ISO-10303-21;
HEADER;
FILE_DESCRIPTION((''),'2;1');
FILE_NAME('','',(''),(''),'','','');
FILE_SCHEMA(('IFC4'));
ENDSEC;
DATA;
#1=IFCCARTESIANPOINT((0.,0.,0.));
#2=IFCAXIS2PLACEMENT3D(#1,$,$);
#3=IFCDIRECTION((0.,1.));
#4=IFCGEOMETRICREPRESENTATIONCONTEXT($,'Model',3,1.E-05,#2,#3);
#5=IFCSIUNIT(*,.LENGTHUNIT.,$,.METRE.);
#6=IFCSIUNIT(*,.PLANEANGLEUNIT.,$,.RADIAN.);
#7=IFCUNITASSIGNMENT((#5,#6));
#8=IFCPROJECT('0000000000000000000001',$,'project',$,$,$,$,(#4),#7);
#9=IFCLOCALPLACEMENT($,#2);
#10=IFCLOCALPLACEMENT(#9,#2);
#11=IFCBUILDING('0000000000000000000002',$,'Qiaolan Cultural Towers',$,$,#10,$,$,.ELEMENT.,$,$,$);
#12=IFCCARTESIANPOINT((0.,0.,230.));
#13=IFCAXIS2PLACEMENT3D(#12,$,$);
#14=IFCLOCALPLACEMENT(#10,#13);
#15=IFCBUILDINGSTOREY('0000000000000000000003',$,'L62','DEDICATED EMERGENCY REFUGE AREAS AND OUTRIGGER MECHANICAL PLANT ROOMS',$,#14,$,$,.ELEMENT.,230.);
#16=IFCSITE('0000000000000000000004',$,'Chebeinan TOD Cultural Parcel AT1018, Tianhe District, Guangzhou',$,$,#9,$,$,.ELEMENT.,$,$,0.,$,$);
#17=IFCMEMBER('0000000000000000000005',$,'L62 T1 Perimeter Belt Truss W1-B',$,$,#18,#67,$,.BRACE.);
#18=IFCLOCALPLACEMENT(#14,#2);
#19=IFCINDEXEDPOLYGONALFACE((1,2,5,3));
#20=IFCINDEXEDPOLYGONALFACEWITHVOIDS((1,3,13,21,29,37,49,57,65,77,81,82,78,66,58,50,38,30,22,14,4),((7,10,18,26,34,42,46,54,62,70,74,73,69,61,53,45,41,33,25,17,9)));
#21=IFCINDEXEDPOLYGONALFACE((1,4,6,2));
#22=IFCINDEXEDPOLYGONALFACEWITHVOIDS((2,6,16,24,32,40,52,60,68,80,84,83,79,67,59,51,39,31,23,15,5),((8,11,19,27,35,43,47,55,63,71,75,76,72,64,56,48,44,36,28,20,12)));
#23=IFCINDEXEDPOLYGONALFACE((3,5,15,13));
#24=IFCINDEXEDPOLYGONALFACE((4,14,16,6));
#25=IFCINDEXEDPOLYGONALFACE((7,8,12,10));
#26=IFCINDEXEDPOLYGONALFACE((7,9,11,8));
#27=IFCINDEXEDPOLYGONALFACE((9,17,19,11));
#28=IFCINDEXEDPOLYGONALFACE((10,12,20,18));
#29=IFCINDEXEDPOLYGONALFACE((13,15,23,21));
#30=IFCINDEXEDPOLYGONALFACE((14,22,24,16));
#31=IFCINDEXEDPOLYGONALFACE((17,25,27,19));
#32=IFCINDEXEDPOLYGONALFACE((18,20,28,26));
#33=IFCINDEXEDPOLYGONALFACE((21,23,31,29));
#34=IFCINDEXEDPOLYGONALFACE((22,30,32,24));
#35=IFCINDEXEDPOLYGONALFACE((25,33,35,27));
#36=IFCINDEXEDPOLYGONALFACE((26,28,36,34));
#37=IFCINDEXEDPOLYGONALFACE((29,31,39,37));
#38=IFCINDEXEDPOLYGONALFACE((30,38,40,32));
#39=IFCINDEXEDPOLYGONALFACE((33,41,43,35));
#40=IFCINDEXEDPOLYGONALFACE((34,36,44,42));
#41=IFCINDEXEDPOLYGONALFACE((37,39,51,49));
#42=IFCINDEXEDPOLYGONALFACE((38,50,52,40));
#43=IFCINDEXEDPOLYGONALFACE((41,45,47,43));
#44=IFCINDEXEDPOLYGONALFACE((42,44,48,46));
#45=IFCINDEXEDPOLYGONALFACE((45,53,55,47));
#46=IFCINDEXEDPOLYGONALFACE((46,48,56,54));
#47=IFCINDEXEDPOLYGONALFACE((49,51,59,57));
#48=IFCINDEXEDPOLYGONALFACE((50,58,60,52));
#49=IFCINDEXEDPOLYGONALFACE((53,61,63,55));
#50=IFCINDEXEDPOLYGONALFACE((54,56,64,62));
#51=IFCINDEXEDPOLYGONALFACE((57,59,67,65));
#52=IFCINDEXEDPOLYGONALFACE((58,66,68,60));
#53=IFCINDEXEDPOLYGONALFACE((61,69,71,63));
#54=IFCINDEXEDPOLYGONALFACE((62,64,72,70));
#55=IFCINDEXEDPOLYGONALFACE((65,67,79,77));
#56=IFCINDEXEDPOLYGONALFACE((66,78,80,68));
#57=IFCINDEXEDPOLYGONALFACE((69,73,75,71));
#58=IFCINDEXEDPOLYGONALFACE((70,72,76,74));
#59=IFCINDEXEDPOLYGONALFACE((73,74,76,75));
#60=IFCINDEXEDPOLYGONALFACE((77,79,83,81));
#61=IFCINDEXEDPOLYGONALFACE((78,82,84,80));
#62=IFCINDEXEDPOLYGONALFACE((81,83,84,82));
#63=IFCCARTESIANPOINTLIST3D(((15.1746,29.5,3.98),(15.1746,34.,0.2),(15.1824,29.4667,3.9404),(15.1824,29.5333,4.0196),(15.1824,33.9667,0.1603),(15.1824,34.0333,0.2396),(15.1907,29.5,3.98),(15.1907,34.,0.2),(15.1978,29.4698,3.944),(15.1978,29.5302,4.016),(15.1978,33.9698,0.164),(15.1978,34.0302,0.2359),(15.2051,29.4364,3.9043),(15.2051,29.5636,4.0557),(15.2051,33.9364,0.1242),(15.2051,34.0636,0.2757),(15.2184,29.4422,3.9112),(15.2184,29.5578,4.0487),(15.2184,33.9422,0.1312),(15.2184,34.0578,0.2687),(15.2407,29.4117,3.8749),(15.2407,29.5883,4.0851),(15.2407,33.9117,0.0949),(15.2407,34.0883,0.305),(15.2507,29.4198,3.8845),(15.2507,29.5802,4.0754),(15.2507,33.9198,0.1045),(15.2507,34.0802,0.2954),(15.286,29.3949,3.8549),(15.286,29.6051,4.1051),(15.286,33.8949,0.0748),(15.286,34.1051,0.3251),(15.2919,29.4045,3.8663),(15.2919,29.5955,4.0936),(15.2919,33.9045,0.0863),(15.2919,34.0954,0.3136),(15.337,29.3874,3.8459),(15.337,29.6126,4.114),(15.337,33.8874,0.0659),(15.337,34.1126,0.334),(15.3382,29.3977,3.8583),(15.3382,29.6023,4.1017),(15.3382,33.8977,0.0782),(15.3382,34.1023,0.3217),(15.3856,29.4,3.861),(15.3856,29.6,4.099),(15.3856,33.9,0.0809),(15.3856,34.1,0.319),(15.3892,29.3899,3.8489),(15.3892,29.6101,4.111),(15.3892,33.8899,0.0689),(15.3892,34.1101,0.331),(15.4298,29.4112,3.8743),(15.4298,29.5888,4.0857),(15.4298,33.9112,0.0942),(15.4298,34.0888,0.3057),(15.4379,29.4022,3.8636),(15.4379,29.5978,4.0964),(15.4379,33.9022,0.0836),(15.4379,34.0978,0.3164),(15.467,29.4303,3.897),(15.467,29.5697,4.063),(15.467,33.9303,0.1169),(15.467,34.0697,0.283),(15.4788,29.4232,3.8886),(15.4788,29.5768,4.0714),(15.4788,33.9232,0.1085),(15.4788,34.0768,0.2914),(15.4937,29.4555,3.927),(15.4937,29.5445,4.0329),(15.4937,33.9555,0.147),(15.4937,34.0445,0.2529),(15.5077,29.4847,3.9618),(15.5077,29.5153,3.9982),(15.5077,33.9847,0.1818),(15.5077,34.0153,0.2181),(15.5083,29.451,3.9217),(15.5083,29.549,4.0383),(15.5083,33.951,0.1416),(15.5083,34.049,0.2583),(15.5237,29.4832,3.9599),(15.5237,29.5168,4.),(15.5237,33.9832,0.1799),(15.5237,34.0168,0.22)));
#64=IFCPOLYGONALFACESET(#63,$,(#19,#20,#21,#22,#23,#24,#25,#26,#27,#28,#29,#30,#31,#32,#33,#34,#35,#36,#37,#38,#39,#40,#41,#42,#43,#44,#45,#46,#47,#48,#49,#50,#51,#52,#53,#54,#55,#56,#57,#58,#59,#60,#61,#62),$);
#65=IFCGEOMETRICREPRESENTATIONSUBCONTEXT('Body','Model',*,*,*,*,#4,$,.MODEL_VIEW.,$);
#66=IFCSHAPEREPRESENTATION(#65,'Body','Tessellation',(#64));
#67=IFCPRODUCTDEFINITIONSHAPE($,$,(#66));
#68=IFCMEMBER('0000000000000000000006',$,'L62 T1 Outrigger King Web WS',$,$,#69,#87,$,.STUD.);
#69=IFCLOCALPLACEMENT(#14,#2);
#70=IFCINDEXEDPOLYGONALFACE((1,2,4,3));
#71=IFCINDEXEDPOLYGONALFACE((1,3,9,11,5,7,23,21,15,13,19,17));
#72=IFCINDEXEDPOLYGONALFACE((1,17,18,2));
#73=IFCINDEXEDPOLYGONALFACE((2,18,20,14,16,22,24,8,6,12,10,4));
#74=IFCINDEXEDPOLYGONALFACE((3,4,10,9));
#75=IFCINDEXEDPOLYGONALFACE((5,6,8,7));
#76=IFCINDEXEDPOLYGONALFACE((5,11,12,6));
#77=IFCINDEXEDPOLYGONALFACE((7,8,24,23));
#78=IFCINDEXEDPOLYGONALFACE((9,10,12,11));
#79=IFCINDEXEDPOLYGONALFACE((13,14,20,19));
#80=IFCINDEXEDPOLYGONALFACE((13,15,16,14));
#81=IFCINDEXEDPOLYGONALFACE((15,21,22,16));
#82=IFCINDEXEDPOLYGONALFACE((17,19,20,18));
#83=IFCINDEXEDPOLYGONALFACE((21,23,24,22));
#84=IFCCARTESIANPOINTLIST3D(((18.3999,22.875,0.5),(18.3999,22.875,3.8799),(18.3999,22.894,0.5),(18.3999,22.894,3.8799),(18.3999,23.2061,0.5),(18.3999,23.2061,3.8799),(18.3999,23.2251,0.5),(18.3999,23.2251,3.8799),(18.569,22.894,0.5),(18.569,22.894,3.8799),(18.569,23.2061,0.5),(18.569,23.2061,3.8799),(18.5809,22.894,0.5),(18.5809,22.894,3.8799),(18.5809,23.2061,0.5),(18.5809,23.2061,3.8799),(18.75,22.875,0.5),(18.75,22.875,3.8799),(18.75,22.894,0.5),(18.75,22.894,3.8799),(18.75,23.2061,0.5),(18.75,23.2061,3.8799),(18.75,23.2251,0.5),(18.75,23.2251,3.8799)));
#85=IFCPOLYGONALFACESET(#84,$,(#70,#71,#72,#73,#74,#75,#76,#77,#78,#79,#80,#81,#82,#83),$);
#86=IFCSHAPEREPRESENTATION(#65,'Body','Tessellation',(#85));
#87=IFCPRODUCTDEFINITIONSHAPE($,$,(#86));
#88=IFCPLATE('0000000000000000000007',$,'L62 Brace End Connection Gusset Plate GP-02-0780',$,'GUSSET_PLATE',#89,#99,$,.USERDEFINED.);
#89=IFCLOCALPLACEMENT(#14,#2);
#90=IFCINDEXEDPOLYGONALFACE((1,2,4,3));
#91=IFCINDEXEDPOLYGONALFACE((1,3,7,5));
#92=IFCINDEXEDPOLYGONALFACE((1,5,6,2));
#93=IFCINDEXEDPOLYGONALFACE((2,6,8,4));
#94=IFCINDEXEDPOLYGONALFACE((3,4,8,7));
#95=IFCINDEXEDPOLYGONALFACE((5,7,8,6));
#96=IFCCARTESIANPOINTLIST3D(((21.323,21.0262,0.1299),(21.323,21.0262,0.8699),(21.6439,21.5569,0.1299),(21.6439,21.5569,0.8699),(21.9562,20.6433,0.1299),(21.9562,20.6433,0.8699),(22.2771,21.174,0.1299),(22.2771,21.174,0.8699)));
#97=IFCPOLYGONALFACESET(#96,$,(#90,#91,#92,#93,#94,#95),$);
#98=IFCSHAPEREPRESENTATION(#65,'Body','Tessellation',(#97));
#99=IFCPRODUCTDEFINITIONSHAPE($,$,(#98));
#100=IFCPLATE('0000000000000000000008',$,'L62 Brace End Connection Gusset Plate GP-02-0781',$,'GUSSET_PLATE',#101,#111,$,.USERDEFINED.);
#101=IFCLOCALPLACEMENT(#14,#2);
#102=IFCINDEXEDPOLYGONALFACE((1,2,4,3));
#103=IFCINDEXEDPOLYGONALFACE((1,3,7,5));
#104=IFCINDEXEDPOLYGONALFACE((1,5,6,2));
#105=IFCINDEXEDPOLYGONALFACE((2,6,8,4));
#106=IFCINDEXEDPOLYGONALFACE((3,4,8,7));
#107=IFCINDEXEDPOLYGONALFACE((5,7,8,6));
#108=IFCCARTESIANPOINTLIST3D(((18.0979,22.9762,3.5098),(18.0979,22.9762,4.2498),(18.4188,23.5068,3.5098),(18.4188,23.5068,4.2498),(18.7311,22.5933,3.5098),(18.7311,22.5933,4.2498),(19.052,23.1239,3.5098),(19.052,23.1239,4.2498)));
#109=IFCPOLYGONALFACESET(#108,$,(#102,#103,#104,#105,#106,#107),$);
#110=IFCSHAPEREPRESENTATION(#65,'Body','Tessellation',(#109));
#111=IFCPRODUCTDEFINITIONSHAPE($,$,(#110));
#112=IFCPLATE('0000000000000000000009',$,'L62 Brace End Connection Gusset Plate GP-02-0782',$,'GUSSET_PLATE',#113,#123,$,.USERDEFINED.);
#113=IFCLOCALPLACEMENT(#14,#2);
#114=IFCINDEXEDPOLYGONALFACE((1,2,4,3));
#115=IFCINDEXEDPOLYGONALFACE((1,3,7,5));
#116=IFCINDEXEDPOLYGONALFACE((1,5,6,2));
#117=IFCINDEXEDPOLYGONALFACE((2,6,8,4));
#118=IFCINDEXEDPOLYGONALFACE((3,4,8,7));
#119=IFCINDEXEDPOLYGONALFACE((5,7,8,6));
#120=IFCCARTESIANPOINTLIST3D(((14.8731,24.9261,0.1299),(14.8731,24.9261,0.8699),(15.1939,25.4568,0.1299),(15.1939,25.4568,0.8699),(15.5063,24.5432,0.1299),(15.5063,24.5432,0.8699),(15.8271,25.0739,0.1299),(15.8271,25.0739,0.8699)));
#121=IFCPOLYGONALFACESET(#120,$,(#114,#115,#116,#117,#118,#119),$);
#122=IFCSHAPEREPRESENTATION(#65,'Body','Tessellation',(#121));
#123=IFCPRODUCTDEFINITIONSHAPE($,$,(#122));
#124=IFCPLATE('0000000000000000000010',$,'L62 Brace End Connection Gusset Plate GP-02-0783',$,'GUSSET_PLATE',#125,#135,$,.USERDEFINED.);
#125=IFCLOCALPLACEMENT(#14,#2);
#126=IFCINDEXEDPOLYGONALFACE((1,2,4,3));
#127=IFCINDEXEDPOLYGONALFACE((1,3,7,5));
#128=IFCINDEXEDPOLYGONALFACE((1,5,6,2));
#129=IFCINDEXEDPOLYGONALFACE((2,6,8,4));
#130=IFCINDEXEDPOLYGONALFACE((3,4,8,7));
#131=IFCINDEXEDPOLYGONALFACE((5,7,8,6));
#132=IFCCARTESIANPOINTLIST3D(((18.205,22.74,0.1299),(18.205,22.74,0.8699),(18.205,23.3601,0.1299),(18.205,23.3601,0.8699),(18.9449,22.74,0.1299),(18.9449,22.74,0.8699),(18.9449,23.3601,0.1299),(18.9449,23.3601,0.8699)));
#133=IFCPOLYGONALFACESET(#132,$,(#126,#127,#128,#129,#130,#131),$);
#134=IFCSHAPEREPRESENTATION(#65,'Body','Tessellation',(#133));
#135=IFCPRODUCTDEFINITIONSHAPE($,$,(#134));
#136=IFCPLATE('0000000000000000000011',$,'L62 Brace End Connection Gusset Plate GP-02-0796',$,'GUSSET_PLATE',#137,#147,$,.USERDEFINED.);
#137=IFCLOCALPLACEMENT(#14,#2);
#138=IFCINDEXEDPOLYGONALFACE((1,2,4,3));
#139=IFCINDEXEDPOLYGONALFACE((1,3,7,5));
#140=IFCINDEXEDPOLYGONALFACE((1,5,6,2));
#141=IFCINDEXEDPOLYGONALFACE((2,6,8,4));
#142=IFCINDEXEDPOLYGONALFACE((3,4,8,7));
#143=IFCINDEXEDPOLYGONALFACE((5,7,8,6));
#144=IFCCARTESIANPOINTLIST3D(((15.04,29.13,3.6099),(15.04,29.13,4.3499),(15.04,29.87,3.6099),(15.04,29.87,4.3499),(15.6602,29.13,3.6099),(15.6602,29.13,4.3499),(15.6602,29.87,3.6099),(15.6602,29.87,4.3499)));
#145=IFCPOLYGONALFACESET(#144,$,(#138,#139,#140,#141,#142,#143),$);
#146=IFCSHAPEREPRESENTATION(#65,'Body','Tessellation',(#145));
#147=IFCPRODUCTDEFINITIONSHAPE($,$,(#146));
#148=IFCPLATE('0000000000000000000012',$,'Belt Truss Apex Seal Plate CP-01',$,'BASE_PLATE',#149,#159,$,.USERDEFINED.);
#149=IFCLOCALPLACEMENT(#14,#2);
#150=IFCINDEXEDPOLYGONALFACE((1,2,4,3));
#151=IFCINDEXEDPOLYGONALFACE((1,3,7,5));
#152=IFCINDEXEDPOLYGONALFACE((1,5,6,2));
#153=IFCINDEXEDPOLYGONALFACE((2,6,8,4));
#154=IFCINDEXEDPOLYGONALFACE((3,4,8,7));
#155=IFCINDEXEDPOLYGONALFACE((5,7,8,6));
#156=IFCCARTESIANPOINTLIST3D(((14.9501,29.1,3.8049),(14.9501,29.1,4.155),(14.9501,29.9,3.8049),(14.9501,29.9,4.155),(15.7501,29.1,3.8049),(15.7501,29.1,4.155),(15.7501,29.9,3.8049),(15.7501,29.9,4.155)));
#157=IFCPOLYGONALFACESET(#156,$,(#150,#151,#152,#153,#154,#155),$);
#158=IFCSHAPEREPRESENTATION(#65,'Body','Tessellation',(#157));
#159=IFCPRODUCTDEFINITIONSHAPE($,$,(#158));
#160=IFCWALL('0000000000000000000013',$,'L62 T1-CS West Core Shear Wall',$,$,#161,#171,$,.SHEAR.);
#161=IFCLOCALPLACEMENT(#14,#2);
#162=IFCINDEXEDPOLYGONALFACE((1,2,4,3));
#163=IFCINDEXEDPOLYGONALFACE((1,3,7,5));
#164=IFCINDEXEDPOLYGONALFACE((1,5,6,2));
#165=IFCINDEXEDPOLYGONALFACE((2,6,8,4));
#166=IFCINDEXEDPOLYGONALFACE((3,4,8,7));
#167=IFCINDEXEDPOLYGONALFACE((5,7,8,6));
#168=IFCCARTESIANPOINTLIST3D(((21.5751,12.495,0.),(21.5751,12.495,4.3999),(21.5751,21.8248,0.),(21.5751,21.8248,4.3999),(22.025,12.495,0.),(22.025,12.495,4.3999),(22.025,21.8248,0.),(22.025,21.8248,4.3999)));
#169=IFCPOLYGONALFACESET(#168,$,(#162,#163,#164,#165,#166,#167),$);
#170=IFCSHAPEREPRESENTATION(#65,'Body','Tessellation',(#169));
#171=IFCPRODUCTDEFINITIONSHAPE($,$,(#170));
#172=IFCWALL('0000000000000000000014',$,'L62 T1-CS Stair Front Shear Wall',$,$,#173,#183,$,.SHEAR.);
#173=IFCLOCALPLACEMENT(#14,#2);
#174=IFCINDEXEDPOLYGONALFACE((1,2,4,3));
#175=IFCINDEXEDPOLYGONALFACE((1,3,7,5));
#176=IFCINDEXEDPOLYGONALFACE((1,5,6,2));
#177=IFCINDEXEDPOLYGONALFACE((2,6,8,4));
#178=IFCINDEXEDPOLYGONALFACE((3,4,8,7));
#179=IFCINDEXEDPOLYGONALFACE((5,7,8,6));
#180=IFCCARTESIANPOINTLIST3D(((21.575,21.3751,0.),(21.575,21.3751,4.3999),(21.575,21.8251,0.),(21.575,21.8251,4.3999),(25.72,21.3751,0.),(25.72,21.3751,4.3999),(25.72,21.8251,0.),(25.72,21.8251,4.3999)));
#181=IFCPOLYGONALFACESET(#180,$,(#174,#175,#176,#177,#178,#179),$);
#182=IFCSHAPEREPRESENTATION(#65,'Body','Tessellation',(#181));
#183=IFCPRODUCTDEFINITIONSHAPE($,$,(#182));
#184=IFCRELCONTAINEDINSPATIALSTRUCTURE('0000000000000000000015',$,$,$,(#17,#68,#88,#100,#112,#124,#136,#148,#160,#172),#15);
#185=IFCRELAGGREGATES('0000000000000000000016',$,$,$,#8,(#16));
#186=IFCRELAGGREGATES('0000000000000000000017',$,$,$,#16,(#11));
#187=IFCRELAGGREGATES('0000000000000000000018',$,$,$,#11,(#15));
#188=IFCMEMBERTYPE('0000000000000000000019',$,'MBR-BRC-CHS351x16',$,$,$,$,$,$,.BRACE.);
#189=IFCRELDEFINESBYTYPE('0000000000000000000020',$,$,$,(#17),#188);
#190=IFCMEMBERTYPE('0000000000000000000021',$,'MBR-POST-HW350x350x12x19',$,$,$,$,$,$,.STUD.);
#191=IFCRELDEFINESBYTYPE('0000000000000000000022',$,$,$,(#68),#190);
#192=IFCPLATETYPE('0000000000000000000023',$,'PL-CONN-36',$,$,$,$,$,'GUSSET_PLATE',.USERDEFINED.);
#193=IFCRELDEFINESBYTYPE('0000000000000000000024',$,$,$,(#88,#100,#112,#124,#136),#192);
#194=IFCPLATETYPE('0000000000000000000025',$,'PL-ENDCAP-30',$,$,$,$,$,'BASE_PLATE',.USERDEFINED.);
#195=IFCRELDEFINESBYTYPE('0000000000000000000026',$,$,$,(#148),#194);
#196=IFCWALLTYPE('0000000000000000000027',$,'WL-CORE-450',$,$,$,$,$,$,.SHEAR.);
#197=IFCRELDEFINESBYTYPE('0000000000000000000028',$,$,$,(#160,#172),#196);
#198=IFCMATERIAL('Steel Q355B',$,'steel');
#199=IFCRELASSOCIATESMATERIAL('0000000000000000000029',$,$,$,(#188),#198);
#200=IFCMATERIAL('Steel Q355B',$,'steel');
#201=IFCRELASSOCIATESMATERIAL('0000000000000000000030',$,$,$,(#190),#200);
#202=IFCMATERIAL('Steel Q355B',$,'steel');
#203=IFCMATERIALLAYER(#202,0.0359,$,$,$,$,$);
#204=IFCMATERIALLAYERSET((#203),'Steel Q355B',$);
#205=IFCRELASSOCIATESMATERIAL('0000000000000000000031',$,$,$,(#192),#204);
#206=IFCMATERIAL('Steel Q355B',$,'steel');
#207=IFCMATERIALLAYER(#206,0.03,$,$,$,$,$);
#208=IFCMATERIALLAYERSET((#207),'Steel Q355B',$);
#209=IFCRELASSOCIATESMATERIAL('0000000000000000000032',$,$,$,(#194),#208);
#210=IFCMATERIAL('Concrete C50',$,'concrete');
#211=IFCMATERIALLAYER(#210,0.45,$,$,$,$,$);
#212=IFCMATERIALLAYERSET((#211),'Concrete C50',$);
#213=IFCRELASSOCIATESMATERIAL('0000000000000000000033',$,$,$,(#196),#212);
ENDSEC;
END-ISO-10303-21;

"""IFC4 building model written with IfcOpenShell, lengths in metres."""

from ifc_helpers import new_model, si_unit, direction, frame, frame_2d, origin, origin_2d, place, context, subcontext, project, spatial, rectangle, hollow_circle, i_section, extrude, material, layer, layer_set, material_profile, profile_set, type_object, element, save


model = new_model("IFC4")

# Units and contexts
model_context = context("Model", 3, precision=1e-05, world=origin(), true_north=direction((0.0, 1.0)))
body_context = subcontext(model_context, "Body", "Model", "MODEL_VIEW")
ifc_project = project(units=[si_unit("LENGTHUNIT", "METRE"), si_unit("PLANEANGLEUNIT", "RADIAN")], contexts=[model_context])

# Site, building, storey
site_placement = place(None, origin())
site = spatial("IfcSite", under=ifc_project, at=site_placement, Name="Chebeinan TOD Cultural Parcel AT1018, Tianhe District, Guangzhou", CompositionType="ELEMENT", RefElevation=0.0)
building_placement = place(site_placement, origin())
building = spatial("IfcBuilding", under=site, at=building_placement, Name="Qiaolan Cultural Towers", CompositionType="ELEMENT")
storey_placement = place(building_placement, frame((0.0, 0.0, 230.0)))
storey = spatial("IfcBuildingStorey", under=building, at=storey_placement, Name="L62", Description="DEDICATED EMERGENCY REFUGE AREAS AND OUTRIGGER MECHANICAL PLANT ROOMS", CompositionType="ELEMENT", Elevation=230.0)

# Members
ifc_material_1 = material(Name="Steel Q355B", Category="steel")
ifc_material_profile_1 = material_profile(ifc_material_1, hollow_circle(Radius=0.1755, WallThickness=0.0161, at=origin_2d()), Name="CHS351x16")
ifc_profile_set_1 = profile_set([ifc_material_profile_1], Name="Steel Q355B")
member_type_1 = type_object("IfcMemberType", Name="MBR-BRC-CHS351x16", PredefinedType="BRACE", material=ifc_profile_set_1)
for number, where, z_axis, x_axis, name in (
    (1, (15.3501, 29.5, 3.98), (0.0, 0.765702, -0.643195), (-1.0, 0.0, 0.0), "L62 T1 Perimeter Belt Truss W1-B"),
):
    element("IfcMember", number, at=place(storey_placement, frame(where, z_axis=z_axis, x_axis=x_axis)), inside=storey, type_object=member_type_1, Name=name, PredefinedType="BRACE", context=body_context, shape_type="SweptSolid", body=[
        extrude(hollow_circle(Radius=0.1755, WallThickness=0.0161, at=origin_2d()), origin(), (0.0, 0.0, 1.0), 5.877),
    ])
ifc_material_2 = material(Name="Steel Q355B", Category="steel")
ifc_material_profile_2 = material_profile(ifc_material_2, i_section(OverallWidth=0.3501, OverallDepth=0.3501, WebThickness=0.012, FlangeThickness=0.019, at=origin_2d()), Name="HW350x350x12x19")
ifc_profile_set_2 = profile_set([ifc_material_profile_2], Name="Steel Q355B")
member_type_2 = type_object("IfcMemberType", Name="MBR-POST-HW350x350x12x19", PredefinedType="STUD", material=ifc_profile_set_2)
member_placement = place(storey_placement, frame((18.575, 23.05, 0.5), z_axis=(0.0, 0.0, 1.0), x_axis=(1.0, 0.0, 0.0)))
element("IfcMember", 2, at=member_placement, inside=storey, type_object=member_type_2, Name="L62 T1 Outrigger King Web WS", PredefinedType="STUD", context=body_context, shape_type="SweptSolid", body=[
    extrude(i_section(OverallWidth=0.3501, OverallDepth=0.3501, WebThickness=0.012, FlangeThickness=0.019, at=origin_2d()), origin(), (0.0, 0.0, 1.0), 3.3799),
])

# Plates
ifc_material_3 = material(Name="Steel Q355B", Category="steel")
ifc_layer_1 = layer(ifc_material_3, 0.0359)
ifc_layer_set_1 = layer_set([ifc_layer_1], Name="Steel Q355B")
plate_type_1 = type_object("IfcPlateType", Name="PL-CONN-36", ElementType="GUSSET_PLATE", PredefinedType="USERDEFINED", material=ifc_layer_set_1)
for number, where, z_axis, x_axis, name in (
    (3, (21.8, 21.1001, 0.1299), (0.0, 0.0, 1.0), (-0.855732, 0.517419, 0.0), "L62 Brace End Connection Gusset Plate GP-02-0780"),
    (4, (18.575, 23.05, 3.5098), (0.0, 0.0, 1.0), (-0.855732, 0.517419, 0.0), "L62 Brace End Connection Gusset Plate GP-02-0781"),
    (5, (15.3501, 25.0, 0.1299), (0.0, 0.0, 1.0), (-0.855732, 0.517419, 0.0), "L62 Brace End Connection Gusset Plate GP-02-0782"),
    (6, (18.575, 23.05, 0.1299), (0.0, 0.0, 1.0), (1.0, 0.0, 0.0), "L62 Brace End Connection Gusset Plate GP-02-0783"),
    (7, (15.3501, 29.5, 3.6099), (0.0, 0.0, 1.0), (0.0, 1.0, 0.0), "L62 Brace End Connection Gusset Plate GP-02-0796"),
):
    element("IfcPlate", number, at=place(storey_placement, frame(where, z_axis=z_axis, x_axis=x_axis)), inside=storey, type_object=plate_type_1, Name=name, ObjectType="GUSSET_PLATE", PredefinedType="USERDEFINED", context=body_context, shape_type="SweptSolid", body=[
        extrude(rectangle(XDim=0.74, YDim=0.6201, at=origin_2d()), origin(), (0.0, 0.0, 1.0), 0.74),
    ])
ifc_material_4 = material(Name="Steel Q355B", Category="steel")
ifc_layer_2 = layer(ifc_material_4, 0.03)
ifc_layer_set_2 = layer_set([ifc_layer_2], Name="Steel Q355B")
plate_type_2 = type_object("IfcPlateType", Name="PL-ENDCAP-30", ElementType="BASE_PLATE", PredefinedType="USERDEFINED", material=ifc_layer_set_2)
plate_placement = place(storey_placement, frame((15.3501, 29.5, 3.8049), z_axis=(0.0, 0.0, 1.0), x_axis=(1.0, 0.0, 0.0)))
element("IfcPlate", 8, at=plate_placement, inside=storey, type_object=plate_type_2, Name="Belt Truss Apex Seal Plate CP-01", ObjectType="BASE_PLATE", PredefinedType="USERDEFINED", context=body_context, shape_type="SweptSolid", body=[
    extrude(rectangle(XDim=0.8, YDim=0.8, at=origin_2d()), origin(), (0.0, 0.0, 1.0), 0.3501),
])

# Walls
ifc_material_5 = material(Name="Concrete C50", Category="concrete")
ifc_layer_3 = layer(ifc_material_5, 0.45)
ifc_layer_set_3 = layer_set([ifc_layer_3], Name="Concrete C50")
wall_type_1 = type_object("IfcWallType", Name="WL-CORE-450", PredefinedType="SHEAR", material=ifc_layer_set_3)
wall_1_placement = place(storey_placement, frame((21.8, 21.825, 0.0), z_axis=(0.0, 0.0, 1.0), x_axis=(0.0, -1.0, 0.0)))
element("IfcWall", 9, at=wall_1_placement, inside=storey, type_object=wall_type_1, Name="L62 T1-CS West Core Shear Wall", PredefinedType="SHEAR", context=body_context, shape_type="SweptSolid", body=[
    extrude(rectangle(XDim=9.3298, YDim=0.45, at=frame_2d((4.665, 0.0))), origin(), (0.0, 0.0, 1.0), 4.3999),
])
wall_2_placement = place(storey_placement, frame((21.575, 21.6001, 0.0), z_axis=(0.0, 0.0, 1.0), x_axis=(1.0, 0.0, 0.0)))
element("IfcWall", 10, at=wall_2_placement, inside=storey, type_object=wall_type_1, Name="L62 T1-CS Stair Front Shear Wall", PredefinedType="SHEAR", context=body_context, shape_type="SweptSolid", body=[
    extrude(rectangle(XDim=4.145, YDim=0.45, at=frame_2d((2.0725, 0.0))), origin(), (0.0, 0.0, 1.0), 4.3999),
])

save(model, "model.ifc")
